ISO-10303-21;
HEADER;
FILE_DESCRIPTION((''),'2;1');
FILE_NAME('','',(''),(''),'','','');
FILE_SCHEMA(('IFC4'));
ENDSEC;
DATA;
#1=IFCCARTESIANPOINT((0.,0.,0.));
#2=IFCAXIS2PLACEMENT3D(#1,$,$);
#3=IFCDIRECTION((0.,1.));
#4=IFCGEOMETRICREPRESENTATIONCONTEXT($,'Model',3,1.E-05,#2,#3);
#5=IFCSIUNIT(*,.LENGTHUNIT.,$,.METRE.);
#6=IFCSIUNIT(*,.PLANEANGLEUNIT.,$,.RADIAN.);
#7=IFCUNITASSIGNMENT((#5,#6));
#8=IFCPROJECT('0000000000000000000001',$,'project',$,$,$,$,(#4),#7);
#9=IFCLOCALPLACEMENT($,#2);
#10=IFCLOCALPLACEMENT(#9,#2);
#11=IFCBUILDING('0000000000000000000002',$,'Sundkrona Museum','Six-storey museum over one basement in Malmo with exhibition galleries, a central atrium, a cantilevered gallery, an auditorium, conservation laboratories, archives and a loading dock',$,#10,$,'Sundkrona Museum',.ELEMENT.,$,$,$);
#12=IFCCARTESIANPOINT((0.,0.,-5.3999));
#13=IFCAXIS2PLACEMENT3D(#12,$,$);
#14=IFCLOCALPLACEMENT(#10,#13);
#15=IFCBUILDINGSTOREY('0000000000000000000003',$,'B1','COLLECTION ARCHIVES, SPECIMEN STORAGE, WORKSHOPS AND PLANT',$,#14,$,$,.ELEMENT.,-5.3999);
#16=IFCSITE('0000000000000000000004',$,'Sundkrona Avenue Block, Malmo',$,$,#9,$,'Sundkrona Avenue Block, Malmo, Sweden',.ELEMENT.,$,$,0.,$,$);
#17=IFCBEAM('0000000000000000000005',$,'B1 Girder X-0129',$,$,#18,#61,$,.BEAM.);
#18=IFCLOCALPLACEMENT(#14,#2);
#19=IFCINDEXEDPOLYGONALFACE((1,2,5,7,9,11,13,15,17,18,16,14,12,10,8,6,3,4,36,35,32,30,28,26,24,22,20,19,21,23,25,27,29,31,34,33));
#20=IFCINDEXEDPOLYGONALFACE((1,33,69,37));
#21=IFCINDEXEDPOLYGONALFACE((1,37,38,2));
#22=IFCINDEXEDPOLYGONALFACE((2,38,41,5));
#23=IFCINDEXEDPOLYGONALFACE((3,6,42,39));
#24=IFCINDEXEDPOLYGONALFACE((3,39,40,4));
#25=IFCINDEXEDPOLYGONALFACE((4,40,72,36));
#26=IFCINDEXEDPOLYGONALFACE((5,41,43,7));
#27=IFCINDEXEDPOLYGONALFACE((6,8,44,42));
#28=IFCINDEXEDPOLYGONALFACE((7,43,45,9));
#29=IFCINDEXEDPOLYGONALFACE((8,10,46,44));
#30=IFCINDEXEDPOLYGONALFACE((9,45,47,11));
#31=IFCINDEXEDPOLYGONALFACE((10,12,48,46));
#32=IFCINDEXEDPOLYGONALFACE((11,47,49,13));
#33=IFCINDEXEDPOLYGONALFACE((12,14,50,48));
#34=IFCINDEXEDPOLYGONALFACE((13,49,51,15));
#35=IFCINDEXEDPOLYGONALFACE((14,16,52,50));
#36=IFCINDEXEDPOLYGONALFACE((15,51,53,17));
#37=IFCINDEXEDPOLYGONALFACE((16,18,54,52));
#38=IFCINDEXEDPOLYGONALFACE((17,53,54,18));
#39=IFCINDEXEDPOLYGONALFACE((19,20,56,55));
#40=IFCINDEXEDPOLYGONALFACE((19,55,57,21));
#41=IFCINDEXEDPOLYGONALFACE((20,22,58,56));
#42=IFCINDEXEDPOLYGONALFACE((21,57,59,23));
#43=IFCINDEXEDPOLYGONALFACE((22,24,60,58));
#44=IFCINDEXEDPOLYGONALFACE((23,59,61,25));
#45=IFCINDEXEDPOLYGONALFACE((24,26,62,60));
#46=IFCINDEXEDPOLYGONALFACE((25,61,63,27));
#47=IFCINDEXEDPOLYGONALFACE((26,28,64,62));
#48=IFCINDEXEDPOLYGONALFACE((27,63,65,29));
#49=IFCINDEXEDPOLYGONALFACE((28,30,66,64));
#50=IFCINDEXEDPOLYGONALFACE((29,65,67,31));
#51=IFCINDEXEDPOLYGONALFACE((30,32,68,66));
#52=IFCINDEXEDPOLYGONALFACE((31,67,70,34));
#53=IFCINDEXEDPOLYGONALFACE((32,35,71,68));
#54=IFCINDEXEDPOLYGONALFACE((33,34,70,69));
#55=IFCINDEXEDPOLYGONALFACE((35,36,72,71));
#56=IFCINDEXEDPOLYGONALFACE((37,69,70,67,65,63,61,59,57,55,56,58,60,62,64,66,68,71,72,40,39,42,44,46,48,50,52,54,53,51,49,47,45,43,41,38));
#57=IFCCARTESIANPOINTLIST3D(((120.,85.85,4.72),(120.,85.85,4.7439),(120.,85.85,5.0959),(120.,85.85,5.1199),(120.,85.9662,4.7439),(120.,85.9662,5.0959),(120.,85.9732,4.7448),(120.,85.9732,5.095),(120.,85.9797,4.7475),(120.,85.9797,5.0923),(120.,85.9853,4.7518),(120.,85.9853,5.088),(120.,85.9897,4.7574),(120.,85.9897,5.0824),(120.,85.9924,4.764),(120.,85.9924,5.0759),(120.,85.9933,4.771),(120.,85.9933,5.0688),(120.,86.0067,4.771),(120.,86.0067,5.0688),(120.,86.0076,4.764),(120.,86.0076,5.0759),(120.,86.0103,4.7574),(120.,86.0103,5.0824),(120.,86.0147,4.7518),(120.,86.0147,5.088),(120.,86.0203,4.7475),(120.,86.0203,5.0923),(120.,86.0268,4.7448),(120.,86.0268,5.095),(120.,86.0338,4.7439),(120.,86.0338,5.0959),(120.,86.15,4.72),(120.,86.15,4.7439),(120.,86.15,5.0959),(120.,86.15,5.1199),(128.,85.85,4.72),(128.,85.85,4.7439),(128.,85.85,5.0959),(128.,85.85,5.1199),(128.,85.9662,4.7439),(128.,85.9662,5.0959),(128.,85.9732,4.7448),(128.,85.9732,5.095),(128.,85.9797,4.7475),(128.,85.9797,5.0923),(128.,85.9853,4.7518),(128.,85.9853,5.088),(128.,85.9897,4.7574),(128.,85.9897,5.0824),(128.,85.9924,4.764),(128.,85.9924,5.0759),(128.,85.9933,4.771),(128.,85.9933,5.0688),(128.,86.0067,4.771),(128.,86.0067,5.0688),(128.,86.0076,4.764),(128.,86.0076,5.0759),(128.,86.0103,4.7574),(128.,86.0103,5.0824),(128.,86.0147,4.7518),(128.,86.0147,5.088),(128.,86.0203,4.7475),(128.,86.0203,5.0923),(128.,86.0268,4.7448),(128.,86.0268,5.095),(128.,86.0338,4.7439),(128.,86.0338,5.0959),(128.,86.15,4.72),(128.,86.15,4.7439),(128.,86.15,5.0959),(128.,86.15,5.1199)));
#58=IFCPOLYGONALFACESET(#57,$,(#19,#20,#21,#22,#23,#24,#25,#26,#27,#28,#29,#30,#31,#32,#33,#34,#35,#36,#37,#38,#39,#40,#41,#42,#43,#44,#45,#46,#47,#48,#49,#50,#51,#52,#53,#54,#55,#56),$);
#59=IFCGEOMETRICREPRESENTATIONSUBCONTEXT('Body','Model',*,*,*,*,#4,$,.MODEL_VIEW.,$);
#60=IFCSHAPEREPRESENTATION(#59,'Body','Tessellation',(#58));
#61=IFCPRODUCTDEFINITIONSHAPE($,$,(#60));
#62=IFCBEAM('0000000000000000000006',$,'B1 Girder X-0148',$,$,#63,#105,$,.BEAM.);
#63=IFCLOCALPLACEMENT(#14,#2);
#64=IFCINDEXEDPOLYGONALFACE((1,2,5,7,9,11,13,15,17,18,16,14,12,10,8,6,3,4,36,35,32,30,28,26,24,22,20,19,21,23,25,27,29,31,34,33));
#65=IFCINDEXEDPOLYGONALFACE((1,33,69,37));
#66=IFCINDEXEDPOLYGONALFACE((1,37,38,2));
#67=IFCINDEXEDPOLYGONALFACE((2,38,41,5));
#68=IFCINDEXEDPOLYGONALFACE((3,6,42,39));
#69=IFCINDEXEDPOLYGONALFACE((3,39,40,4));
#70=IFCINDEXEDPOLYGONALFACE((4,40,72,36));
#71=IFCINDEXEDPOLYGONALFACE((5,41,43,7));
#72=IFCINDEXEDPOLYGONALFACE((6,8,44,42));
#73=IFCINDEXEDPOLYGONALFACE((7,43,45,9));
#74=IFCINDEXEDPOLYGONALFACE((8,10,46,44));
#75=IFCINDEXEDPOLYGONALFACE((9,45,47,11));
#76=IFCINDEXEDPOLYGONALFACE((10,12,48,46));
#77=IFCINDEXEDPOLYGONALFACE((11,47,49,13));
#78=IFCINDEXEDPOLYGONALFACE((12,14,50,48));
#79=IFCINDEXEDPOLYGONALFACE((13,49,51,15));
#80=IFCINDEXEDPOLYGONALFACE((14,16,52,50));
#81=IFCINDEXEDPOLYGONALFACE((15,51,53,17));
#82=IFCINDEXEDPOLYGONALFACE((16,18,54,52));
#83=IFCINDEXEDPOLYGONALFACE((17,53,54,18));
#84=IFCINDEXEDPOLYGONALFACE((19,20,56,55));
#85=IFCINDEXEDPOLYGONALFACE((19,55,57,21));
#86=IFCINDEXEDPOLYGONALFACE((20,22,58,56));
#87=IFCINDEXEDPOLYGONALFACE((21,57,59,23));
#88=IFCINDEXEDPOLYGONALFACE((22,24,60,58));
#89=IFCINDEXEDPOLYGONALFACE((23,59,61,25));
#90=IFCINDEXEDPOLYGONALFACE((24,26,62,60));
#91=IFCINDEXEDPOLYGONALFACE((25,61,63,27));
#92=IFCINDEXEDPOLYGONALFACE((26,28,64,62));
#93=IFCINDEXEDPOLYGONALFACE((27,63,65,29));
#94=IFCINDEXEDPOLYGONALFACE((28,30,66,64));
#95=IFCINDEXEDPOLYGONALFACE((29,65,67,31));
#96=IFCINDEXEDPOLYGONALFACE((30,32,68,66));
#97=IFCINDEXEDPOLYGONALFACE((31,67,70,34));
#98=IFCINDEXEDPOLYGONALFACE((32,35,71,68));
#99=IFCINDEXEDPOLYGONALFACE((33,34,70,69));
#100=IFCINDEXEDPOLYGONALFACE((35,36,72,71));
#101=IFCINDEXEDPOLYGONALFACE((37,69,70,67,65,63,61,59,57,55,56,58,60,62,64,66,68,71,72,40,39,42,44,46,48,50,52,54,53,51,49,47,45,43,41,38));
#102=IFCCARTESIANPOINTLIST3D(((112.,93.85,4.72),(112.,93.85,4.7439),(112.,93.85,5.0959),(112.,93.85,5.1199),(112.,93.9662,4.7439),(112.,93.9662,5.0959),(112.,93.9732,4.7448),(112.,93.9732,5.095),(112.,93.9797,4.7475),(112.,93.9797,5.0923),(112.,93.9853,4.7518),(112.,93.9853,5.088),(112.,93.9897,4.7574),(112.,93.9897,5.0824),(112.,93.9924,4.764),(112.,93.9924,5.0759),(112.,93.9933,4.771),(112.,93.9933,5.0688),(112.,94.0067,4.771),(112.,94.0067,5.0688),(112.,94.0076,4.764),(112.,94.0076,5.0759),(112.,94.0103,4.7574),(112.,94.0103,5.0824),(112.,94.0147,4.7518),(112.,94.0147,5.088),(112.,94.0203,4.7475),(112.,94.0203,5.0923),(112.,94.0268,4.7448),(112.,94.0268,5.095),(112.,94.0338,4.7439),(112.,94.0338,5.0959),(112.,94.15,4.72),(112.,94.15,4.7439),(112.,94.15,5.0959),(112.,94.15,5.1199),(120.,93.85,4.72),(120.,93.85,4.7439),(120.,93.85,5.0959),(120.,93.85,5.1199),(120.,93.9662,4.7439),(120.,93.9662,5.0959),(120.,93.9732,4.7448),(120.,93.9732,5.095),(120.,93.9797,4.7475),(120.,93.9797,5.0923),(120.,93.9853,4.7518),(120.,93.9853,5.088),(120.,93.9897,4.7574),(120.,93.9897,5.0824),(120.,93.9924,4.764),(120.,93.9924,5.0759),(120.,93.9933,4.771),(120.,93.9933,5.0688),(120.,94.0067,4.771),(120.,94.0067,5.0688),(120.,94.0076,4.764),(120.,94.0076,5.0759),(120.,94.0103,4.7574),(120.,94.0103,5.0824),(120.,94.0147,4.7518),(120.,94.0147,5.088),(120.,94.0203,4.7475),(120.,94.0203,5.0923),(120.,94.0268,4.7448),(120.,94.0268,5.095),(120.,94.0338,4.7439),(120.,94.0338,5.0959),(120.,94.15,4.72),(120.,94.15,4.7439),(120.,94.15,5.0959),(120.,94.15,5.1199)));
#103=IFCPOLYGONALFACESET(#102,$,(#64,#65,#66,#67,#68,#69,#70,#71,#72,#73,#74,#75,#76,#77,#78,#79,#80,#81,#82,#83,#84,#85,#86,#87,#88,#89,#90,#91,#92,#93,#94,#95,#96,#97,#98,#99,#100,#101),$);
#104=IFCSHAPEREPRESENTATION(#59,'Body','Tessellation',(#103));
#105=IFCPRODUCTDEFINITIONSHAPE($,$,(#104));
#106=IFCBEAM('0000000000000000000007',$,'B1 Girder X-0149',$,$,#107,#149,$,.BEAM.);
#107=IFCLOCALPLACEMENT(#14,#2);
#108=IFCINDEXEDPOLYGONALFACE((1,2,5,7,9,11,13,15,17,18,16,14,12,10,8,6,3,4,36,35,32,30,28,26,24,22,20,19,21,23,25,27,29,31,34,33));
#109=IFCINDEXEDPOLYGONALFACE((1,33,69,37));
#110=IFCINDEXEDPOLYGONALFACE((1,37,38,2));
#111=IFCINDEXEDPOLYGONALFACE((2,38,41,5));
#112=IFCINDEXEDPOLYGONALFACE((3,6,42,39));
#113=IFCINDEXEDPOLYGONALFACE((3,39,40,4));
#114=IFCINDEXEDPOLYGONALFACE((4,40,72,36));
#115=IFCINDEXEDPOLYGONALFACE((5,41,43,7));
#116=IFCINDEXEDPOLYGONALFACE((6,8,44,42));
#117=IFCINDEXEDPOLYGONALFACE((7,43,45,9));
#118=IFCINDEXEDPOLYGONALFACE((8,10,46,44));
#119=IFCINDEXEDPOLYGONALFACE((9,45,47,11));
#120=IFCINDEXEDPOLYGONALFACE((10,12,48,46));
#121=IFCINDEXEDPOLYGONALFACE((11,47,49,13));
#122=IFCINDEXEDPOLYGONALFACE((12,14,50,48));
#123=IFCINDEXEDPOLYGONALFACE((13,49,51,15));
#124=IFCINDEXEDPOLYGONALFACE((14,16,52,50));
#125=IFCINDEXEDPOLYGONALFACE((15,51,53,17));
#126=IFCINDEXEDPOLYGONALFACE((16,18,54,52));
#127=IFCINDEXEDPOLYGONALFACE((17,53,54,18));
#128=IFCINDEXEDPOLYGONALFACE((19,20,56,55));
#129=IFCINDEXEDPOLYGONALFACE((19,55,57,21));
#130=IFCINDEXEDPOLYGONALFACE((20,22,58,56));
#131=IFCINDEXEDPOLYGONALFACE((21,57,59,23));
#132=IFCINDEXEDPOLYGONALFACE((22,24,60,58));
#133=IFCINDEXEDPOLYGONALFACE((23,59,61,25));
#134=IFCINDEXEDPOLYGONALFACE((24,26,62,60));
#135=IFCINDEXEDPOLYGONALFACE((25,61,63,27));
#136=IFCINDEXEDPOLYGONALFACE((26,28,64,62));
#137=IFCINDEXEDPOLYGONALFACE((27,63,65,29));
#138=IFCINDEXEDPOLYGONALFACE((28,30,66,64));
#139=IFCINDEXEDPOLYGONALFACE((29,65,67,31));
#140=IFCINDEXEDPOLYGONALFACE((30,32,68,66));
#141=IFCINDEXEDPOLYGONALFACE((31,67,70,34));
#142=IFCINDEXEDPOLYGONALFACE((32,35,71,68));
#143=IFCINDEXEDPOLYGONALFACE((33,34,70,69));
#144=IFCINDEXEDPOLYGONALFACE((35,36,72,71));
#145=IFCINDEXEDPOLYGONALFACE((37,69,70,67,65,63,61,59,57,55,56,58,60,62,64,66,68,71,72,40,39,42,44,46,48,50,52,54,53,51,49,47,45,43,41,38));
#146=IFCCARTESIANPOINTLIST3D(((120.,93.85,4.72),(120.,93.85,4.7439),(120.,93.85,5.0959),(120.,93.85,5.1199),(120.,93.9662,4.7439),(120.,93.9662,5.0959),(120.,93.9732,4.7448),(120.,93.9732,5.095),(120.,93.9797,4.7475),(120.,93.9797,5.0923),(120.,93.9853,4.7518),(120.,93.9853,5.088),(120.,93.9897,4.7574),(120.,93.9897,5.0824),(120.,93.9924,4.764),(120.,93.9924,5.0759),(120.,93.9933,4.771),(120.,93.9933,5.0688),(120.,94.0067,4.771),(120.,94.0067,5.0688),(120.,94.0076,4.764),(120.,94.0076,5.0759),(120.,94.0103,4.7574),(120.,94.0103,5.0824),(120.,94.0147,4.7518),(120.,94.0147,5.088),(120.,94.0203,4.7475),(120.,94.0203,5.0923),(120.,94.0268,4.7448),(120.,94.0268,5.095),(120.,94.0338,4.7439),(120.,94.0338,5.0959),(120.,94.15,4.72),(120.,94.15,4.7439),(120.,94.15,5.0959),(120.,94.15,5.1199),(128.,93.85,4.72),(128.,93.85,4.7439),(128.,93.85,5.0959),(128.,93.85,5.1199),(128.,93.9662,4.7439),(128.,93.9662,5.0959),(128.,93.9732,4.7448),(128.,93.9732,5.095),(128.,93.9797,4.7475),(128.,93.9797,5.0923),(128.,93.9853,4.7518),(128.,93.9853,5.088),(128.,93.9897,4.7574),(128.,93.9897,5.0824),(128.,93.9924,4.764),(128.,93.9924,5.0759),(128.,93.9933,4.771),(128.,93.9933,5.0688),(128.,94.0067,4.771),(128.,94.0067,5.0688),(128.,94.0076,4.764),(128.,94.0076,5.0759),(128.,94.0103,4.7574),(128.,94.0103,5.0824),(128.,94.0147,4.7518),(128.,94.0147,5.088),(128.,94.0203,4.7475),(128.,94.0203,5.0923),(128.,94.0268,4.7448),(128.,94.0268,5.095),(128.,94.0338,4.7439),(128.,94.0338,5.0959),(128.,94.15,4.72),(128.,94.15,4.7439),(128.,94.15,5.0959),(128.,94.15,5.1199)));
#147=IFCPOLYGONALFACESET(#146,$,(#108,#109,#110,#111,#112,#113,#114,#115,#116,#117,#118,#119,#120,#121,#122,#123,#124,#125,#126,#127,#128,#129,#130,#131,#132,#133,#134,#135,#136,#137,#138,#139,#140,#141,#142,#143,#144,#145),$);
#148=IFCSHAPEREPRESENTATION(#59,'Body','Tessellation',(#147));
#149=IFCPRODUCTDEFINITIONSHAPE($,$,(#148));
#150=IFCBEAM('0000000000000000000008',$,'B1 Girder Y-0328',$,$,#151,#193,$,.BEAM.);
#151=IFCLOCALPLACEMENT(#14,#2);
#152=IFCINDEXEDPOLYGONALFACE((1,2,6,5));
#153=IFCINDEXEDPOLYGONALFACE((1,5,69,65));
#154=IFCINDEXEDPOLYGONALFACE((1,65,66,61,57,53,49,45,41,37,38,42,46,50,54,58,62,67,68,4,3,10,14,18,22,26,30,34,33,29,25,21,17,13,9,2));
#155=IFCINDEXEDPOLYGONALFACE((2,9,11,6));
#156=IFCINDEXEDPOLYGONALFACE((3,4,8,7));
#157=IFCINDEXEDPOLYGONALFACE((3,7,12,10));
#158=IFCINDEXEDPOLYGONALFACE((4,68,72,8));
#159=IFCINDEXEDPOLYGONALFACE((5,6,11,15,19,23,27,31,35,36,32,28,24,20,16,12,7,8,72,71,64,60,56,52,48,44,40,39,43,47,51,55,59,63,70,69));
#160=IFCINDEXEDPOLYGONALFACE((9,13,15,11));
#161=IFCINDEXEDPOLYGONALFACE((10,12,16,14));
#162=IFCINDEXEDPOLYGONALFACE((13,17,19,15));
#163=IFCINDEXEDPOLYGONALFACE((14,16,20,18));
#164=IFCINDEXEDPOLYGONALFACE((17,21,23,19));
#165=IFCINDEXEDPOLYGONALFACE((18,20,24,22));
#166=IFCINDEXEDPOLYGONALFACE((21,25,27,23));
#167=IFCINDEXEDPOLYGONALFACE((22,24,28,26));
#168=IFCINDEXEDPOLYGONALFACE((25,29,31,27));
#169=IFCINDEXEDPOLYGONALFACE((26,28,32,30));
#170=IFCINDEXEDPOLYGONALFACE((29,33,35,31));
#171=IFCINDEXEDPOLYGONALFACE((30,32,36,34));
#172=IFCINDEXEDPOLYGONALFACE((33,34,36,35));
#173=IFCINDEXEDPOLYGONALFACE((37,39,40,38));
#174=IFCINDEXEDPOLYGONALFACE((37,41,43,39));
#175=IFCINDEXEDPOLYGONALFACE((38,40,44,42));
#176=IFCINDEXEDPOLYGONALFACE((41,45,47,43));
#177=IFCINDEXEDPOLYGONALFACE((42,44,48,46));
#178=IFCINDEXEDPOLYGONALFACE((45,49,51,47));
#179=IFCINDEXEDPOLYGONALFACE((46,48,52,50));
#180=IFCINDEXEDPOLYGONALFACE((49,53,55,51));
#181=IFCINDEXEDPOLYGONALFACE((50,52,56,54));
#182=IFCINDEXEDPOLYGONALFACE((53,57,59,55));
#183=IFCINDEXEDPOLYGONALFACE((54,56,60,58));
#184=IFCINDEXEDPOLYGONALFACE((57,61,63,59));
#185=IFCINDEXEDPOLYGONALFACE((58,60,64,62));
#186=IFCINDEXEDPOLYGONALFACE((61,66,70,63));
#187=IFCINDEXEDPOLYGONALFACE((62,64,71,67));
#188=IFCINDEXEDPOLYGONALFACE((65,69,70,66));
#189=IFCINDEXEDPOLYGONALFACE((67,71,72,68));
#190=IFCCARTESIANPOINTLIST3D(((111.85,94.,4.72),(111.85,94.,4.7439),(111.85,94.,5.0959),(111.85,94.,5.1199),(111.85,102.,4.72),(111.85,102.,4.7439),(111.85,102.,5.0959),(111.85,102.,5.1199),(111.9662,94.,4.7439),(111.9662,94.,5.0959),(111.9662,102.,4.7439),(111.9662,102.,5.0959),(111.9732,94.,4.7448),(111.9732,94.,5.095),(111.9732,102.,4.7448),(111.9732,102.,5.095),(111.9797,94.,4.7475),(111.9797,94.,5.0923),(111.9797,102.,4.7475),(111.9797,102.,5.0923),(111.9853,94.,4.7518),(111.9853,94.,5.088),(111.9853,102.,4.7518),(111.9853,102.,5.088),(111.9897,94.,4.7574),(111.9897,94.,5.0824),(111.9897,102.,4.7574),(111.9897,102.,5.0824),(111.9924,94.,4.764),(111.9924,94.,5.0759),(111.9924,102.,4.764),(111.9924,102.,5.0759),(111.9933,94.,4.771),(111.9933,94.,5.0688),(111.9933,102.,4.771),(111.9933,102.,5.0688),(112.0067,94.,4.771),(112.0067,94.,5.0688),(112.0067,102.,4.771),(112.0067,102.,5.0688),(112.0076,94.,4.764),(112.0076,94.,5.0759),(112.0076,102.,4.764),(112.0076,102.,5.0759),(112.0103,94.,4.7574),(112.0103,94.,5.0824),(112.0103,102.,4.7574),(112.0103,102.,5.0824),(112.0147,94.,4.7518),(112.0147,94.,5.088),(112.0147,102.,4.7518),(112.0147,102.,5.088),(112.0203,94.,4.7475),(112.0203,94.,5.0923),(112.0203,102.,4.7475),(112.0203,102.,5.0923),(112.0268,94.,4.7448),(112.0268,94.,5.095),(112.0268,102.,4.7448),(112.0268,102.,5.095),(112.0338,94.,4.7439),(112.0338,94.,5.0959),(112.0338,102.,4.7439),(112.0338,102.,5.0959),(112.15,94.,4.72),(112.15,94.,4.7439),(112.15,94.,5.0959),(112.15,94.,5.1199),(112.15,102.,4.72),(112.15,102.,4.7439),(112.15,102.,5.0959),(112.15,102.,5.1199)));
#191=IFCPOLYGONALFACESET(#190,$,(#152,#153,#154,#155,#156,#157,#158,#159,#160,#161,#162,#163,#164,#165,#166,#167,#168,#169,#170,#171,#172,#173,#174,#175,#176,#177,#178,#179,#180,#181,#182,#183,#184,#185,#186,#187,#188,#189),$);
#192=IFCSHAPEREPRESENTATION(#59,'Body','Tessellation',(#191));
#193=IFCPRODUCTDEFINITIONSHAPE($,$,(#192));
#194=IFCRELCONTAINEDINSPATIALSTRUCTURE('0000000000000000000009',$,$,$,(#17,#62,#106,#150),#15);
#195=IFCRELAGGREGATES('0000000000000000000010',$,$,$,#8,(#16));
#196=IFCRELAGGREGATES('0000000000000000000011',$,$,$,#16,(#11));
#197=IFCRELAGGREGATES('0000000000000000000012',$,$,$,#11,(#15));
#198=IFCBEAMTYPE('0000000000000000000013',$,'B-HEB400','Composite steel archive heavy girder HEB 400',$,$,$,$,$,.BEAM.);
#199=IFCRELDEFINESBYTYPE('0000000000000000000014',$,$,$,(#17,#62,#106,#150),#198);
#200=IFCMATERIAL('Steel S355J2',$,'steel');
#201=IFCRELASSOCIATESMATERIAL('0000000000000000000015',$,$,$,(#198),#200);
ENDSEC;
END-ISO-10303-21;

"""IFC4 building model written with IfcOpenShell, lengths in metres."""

from ifc_helpers import new_model, si_unit, direction, frame, origin, origin_2d, place, context, subcontext, project, spatial, i_section, extrude, material, material_profile, profile_set, type_object, element, save


model = new_model("IFC4")

# Units and contexts
model_context = context("Model", 3, precision=1e-05, world=origin(), true_north=direction((0.0, 1.0)))
body_context = subcontext(model_context, "Body", "Model", "MODEL_VIEW")
ifc_project = project(units=[si_unit("LENGTHUNIT", "METRE"), si_unit("PLANEANGLEUNIT", "RADIAN")], contexts=[model_context])

# Site, building, storey
site_placement = place(None, origin())
site = spatial("IfcSite", under=ifc_project, at=site_placement, Name="Sundkrona Avenue Block, Malmo", LongName="Sundkrona Avenue Block, Malmo, Sweden", CompositionType="ELEMENT", RefElevation=0.0)
building_placement = place(site_placement, origin())
building = spatial("IfcBuilding", under=site, at=building_placement, Name="Sundkrona Museum", Description="Six-storey museum over one basement in Malmo with exhibition galleries, a central atrium, a cantilevered gallery, an auditorium, conservation laboratories, archives and a loading dock", LongName="Sundkrona Museum", CompositionType="ELEMENT")
storey_placement = place(building_placement, frame((0.0, 0.0, -5.3999)))
storey = spatial("IfcBuildingStorey", under=building, at=storey_placement, Name="B1", Description="COLLECTION ARCHIVES, SPECIMEN STORAGE, WORKSHOPS AND PLANT", CompositionType="ELEMENT", Elevation=-5.3999)

# Beams
ifc_material_1 = material(Name="Steel S355J2", Category="steel")
ifc_material_profile_1 = material_profile(ifc_material_1, i_section(OverallWidth=0.3, OverallDepth=0.3999, WebThickness=0.0134, FlangeThickness=0.0239, FilletRadius=0.0271, at=origin_2d()), Name="HEB 400")
ifc_profile_set_1 = profile_set([ifc_material_profile_1], Name="Steel S355J2")
beam_type_1 = type_object("IfcBeamType", Name="B-HEB400", Description="Composite steel archive heavy girder HEB 400", PredefinedType="BEAM", material=ifc_profile_set_1)
for number, where, z_axis, x_axis, name in (
    (1, (120.0, 86.0, 4.9199), (1.0, 0.0, 0.0), (0.0, 1.0, 0.0), "B1 Girder X-0129"),
    (2, (112.0, 94.0, 4.9199), (1.0, 0.0, 0.0), (0.0, 1.0, 0.0), "B1 Girder X-0148"),
    (3, (120.0, 94.0, 4.9199), (1.0, 0.0, 0.0), (0.0, 1.0, 0.0), "B1 Girder X-0149"),
    (4, (112.0, 94.0, 4.9199), (0.0, 1.0, 0.0), (-1.0, 0.0, 0.0), "B1 Girder Y-0328"),
):
    element("IfcBeam", number, at=place(storey_placement, frame(where, z_axis=z_axis, x_axis=x_axis)), inside=storey, type_object=beam_type_1, Name=name, PredefinedType="BEAM", context=body_context, shape_type="SweptSolid", body=[
        extrude(i_section(OverallWidth=0.3, OverallDepth=0.3999, WebThickness=0.0134, FlangeThickness=0.0239, FilletRadius=0.0271, at=origin_2d()), origin(), (0.0, 0.0, 1.0), 8.0),
    ])

save(model, "model.ifc")
